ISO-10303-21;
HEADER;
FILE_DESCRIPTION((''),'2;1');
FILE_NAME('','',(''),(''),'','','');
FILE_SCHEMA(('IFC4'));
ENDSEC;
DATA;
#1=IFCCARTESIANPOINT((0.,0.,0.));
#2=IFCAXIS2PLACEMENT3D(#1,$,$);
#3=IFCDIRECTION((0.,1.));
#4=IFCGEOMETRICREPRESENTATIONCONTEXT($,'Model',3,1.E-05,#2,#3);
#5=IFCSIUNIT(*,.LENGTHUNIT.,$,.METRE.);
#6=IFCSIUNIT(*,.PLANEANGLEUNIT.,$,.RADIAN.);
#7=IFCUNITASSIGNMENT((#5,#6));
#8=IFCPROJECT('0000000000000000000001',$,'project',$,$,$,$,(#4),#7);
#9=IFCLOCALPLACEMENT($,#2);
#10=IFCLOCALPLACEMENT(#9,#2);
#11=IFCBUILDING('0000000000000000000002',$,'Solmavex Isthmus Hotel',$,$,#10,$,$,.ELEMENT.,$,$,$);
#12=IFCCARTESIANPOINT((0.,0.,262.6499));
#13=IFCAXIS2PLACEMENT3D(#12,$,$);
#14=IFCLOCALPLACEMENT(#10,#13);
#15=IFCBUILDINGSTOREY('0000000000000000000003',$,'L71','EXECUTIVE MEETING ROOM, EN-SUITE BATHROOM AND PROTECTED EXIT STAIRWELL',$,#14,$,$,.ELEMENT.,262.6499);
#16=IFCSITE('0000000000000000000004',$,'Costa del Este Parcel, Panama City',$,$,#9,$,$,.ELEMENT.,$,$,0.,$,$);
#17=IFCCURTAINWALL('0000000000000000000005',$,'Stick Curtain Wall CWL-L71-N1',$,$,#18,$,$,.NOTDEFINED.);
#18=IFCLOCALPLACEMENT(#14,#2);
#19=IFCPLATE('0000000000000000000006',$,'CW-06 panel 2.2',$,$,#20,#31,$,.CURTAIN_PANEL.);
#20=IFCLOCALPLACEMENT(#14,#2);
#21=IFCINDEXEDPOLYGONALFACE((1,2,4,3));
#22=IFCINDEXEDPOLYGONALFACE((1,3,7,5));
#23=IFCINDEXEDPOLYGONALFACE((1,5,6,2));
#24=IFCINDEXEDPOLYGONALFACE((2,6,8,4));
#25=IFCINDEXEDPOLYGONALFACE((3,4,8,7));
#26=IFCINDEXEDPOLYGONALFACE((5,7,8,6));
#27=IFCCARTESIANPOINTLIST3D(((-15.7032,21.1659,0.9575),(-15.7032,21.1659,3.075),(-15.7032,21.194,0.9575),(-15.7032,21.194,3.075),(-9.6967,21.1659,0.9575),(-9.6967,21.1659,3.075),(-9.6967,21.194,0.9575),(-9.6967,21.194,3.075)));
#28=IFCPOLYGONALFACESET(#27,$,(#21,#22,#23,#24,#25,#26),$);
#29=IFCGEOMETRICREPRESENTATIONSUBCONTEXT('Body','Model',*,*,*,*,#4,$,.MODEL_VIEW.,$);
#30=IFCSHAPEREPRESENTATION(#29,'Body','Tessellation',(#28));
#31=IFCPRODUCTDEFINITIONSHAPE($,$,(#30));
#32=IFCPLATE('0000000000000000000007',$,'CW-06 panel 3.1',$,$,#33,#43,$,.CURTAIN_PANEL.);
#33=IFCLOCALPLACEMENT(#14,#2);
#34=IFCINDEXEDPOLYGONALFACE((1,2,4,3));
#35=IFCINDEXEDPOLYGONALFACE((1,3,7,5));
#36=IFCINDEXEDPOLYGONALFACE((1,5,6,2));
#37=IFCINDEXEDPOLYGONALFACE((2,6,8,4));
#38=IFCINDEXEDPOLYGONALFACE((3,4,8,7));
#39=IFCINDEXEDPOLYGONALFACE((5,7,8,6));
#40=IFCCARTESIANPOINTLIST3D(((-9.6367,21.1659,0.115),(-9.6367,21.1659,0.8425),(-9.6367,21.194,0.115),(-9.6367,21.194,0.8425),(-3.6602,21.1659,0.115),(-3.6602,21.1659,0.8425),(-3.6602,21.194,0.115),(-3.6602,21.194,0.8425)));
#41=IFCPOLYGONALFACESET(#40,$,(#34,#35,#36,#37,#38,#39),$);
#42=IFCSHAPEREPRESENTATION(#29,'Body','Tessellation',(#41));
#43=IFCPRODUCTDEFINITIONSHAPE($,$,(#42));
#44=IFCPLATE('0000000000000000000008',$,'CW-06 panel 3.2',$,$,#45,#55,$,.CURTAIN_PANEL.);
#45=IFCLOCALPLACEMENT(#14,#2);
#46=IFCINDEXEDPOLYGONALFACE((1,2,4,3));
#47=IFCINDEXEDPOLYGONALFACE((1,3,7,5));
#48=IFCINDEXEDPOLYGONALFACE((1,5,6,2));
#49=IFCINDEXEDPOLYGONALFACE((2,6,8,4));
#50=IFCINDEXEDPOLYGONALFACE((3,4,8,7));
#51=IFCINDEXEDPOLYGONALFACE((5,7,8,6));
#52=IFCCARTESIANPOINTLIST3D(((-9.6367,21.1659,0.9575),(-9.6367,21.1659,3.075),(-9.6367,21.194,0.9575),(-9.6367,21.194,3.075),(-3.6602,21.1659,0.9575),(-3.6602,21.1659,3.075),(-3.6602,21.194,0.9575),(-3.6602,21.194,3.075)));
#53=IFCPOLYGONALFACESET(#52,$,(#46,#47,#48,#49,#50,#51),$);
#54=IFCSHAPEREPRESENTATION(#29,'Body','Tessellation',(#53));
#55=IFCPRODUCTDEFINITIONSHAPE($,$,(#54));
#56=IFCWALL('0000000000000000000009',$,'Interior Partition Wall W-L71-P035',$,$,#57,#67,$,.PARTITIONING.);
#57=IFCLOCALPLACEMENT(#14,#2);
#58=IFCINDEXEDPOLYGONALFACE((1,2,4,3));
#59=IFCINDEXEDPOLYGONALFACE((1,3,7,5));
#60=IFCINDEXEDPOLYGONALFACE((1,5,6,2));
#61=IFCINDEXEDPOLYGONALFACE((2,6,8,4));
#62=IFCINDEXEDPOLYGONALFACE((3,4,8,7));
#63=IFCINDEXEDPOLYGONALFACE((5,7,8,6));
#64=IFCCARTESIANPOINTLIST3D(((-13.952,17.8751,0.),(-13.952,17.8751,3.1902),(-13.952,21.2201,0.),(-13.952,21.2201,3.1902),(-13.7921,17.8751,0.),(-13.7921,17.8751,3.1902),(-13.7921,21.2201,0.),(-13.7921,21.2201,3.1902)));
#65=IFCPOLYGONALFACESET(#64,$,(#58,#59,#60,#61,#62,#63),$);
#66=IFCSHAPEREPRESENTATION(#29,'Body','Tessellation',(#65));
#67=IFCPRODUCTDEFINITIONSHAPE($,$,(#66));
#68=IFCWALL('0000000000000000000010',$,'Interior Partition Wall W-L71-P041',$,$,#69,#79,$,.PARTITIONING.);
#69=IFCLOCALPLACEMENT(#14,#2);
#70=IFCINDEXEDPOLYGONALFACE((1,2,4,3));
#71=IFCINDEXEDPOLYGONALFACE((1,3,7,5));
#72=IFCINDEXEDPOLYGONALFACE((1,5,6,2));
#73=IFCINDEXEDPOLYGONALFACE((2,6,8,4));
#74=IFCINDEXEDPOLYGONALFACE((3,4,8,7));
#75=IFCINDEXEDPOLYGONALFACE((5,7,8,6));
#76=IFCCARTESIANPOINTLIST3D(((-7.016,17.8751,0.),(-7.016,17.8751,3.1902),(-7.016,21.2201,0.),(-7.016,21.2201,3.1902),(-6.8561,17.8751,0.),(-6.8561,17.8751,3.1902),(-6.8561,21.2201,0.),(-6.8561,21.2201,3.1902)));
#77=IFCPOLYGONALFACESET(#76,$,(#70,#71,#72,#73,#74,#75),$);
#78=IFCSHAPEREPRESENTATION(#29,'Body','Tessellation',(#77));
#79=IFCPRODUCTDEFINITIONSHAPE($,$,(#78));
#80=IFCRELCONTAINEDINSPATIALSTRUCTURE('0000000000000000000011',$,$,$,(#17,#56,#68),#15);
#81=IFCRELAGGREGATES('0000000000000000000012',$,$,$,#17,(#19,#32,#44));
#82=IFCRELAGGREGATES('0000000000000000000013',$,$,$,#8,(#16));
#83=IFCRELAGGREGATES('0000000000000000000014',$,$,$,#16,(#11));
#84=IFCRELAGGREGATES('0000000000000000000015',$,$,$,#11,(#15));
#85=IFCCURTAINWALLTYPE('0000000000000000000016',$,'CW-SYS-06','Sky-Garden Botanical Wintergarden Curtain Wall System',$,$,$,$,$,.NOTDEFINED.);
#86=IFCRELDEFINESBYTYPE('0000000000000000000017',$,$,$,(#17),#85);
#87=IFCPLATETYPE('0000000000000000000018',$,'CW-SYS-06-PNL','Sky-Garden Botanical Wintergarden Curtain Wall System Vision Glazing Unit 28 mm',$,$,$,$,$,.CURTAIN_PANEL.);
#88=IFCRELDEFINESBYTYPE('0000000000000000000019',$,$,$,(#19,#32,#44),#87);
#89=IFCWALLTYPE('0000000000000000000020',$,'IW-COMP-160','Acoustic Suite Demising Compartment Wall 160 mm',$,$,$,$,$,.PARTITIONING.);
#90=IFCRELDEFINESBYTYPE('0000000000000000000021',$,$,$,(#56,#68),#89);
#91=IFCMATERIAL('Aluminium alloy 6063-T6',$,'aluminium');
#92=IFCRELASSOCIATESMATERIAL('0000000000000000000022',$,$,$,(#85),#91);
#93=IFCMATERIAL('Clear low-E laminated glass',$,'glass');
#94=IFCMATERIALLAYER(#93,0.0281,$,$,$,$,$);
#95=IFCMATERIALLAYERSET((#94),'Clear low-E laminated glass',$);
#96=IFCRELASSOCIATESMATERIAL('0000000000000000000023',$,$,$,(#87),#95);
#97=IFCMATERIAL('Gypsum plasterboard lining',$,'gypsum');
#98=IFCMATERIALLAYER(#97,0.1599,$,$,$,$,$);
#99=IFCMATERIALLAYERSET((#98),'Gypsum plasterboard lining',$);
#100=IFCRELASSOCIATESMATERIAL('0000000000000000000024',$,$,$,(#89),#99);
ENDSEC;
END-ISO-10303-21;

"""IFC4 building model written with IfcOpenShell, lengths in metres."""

from ifc_helpers import new_model, si_unit, direction, frame, frame_2d, origin, origin_2d, place, context, subcontext, project, spatial, rectangle, extrude, material, layer, layer_set, type_object, element, aggregate, save


model = new_model("IFC4")

# Units and contexts
model_context = context("Model", 3, precision=1e-05, world=origin(), true_north=direction((0.0, 1.0)))
body_context = subcontext(model_context, "Body", "Model", "MODEL_VIEW")
ifc_project = project(units=[si_unit("LENGTHUNIT", "METRE"), si_unit("PLANEANGLEUNIT", "RADIAN")], contexts=[model_context])

# Site, building, storey
site_placement = place(None, origin())
site = spatial("IfcSite", under=ifc_project, at=site_placement, Name="Costa del Este Parcel, Panama City", CompositionType="ELEMENT", RefElevation=0.0)
building_placement = place(site_placement, origin())
building = spatial("IfcBuilding", under=site, at=building_placement, Name="Solmavex Isthmus Hotel", CompositionType="ELEMENT")
storey_placement = place(building_placement, frame((0.0, 0.0, 262.6499)))
storey = spatial("IfcBuildingStorey", under=building, at=storey_placement, Name="L71", Description="EXECUTIVE MEETING ROOM, EN-SUITE BATHROOM AND PROTECTED EXIT STAIRWELL", CompositionType="ELEMENT", Elevation=262.6499)

# Curtain wall
ifc_material_1 = material(Name="Aluminium alloy 6063-T6", Category="aluminium")
curtain_wall_type = type_object("IfcCurtainWallType", Name="CW-SYS-06", Description="Sky-Garden Botanical Wintergarden Curtain Wall System", PredefinedType="NOTDEFINED", material=ifc_material_1)
curtain_wall_1_placement = place(storey_placement, origin())
curtain_wall_1 = element("IfcCurtainWall", 1, at=curtain_wall_1_placement, inside=storey, type_object=curtain_wall_type, Name="Stick Curtain Wall CWL-L71-N1", PredefinedType="NOTDEFINED")

# Plates
ifc_material_2 = material(Name="Clear low-E laminated glass", Category="glass")
ifc_layer_1 = layer(ifc_material_2, 0.0281)
ifc_layer_set_1 = layer_set([ifc_layer_1], Name="Clear low-E laminated glass")
plate_type = type_object("IfcPlateType", Name="CW-SYS-06-PNL", Description="Sky-Garden Botanical Wintergarden Curtain Wall System Vision Glazing Unit 28 mm", PredefinedType="CURTAIN_PANEL", material=ifc_layer_set_1)
plate_1_placement = place(storey_placement, frame((-12.7, 21.1799, 0.9575), z_axis=(0.0, 0.0, 1.0), x_axis=(1.0, 0.0, 0.0)))
plate_1 = element("IfcPlate", 2, at=plate_1_placement, type_object=plate_type, Name="CW-06 panel 2.2", PredefinedType="CURTAIN_PANEL", context=body_context, shape_type="SweptSolid", body=[
    extrude(rectangle(XDim=6.0066, YDim=0.0281, at=origin_2d()), origin(), (0.0, 0.0, 1.0), 2.1174),
])
plate_2_placement = place(storey_placement, frame((-6.6484, 21.1799, 0.115), z_axis=(0.0, 0.0, 1.0), x_axis=(1.0, 0.0, 0.0)))
plate_2 = element("IfcPlate", 3, at=plate_2_placement, type_object=plate_type, Name="CW-06 panel 3.1", PredefinedType="CURTAIN_PANEL", context=body_context, shape_type="SweptSolid", body=[
    extrude(rectangle(XDim=5.9766, YDim=0.0281, at=origin_2d()), origin(), (0.0, 0.0, 1.0), 0.7275),
])
plate_3_placement = place(storey_placement, frame((-6.6484, 21.1799, 0.9575), z_axis=(0.0, 0.0, 1.0), x_axis=(1.0, 0.0, 0.0)))
plate_3 = element("IfcPlate", 4, at=plate_3_placement, type_object=plate_type, Name="CW-06 panel 3.2", PredefinedType="CURTAIN_PANEL", context=body_context, shape_type="SweptSolid", body=[
    extrude(rectangle(XDim=5.9766, YDim=0.0281, at=origin_2d()), origin(), (0.0, 0.0, 1.0), 2.1174),
])
aggregate(curtain_wall_1, [plate_1, plate_2, plate_3])

# Walls
ifc_material_3 = material(Name="Gypsum plasterboard lining", Category="gypsum")
ifc_layer_2 = layer(ifc_material_3, 0.1599)
ifc_layer_set_2 = layer_set([ifc_layer_2], Name="Gypsum plasterboard lining")
wall_type_1 = type_object("IfcWallType", Name="IW-COMP-160", Description="Acoustic Suite Demising Compartment Wall 160 mm", PredefinedType="PARTITIONING", material=ifc_layer_set_2)
for number, where, z_axis, x_axis, name in (
    (5, (-13.8721, 21.22, 0.0), (0.0, 0.0, 1.0), (0.0, -1.0, 0.0), "Interior Partition Wall W-L71-P035"),
    (6, (-6.936, 21.22, 0.0), (0.0, 0.0, 1.0), (0.0, -1.0, 0.0), "Interior Partition Wall W-L71-P041"),
):
    element("IfcWall", number, at=place(storey_placement, frame(where, z_axis=z_axis, x_axis=x_axis)), inside=storey, type_object=wall_type_1, Name=name, PredefinedType="PARTITIONING", context=body_context, shape_type="SweptSolid", body=[
        extrude(rectangle(XDim=3.345, YDim=0.1599, at=frame_2d((1.6724, 0.0))), origin(), (0.0, 0.0, 1.0), 3.1902),
    ])

save(model, "model.ifc")
